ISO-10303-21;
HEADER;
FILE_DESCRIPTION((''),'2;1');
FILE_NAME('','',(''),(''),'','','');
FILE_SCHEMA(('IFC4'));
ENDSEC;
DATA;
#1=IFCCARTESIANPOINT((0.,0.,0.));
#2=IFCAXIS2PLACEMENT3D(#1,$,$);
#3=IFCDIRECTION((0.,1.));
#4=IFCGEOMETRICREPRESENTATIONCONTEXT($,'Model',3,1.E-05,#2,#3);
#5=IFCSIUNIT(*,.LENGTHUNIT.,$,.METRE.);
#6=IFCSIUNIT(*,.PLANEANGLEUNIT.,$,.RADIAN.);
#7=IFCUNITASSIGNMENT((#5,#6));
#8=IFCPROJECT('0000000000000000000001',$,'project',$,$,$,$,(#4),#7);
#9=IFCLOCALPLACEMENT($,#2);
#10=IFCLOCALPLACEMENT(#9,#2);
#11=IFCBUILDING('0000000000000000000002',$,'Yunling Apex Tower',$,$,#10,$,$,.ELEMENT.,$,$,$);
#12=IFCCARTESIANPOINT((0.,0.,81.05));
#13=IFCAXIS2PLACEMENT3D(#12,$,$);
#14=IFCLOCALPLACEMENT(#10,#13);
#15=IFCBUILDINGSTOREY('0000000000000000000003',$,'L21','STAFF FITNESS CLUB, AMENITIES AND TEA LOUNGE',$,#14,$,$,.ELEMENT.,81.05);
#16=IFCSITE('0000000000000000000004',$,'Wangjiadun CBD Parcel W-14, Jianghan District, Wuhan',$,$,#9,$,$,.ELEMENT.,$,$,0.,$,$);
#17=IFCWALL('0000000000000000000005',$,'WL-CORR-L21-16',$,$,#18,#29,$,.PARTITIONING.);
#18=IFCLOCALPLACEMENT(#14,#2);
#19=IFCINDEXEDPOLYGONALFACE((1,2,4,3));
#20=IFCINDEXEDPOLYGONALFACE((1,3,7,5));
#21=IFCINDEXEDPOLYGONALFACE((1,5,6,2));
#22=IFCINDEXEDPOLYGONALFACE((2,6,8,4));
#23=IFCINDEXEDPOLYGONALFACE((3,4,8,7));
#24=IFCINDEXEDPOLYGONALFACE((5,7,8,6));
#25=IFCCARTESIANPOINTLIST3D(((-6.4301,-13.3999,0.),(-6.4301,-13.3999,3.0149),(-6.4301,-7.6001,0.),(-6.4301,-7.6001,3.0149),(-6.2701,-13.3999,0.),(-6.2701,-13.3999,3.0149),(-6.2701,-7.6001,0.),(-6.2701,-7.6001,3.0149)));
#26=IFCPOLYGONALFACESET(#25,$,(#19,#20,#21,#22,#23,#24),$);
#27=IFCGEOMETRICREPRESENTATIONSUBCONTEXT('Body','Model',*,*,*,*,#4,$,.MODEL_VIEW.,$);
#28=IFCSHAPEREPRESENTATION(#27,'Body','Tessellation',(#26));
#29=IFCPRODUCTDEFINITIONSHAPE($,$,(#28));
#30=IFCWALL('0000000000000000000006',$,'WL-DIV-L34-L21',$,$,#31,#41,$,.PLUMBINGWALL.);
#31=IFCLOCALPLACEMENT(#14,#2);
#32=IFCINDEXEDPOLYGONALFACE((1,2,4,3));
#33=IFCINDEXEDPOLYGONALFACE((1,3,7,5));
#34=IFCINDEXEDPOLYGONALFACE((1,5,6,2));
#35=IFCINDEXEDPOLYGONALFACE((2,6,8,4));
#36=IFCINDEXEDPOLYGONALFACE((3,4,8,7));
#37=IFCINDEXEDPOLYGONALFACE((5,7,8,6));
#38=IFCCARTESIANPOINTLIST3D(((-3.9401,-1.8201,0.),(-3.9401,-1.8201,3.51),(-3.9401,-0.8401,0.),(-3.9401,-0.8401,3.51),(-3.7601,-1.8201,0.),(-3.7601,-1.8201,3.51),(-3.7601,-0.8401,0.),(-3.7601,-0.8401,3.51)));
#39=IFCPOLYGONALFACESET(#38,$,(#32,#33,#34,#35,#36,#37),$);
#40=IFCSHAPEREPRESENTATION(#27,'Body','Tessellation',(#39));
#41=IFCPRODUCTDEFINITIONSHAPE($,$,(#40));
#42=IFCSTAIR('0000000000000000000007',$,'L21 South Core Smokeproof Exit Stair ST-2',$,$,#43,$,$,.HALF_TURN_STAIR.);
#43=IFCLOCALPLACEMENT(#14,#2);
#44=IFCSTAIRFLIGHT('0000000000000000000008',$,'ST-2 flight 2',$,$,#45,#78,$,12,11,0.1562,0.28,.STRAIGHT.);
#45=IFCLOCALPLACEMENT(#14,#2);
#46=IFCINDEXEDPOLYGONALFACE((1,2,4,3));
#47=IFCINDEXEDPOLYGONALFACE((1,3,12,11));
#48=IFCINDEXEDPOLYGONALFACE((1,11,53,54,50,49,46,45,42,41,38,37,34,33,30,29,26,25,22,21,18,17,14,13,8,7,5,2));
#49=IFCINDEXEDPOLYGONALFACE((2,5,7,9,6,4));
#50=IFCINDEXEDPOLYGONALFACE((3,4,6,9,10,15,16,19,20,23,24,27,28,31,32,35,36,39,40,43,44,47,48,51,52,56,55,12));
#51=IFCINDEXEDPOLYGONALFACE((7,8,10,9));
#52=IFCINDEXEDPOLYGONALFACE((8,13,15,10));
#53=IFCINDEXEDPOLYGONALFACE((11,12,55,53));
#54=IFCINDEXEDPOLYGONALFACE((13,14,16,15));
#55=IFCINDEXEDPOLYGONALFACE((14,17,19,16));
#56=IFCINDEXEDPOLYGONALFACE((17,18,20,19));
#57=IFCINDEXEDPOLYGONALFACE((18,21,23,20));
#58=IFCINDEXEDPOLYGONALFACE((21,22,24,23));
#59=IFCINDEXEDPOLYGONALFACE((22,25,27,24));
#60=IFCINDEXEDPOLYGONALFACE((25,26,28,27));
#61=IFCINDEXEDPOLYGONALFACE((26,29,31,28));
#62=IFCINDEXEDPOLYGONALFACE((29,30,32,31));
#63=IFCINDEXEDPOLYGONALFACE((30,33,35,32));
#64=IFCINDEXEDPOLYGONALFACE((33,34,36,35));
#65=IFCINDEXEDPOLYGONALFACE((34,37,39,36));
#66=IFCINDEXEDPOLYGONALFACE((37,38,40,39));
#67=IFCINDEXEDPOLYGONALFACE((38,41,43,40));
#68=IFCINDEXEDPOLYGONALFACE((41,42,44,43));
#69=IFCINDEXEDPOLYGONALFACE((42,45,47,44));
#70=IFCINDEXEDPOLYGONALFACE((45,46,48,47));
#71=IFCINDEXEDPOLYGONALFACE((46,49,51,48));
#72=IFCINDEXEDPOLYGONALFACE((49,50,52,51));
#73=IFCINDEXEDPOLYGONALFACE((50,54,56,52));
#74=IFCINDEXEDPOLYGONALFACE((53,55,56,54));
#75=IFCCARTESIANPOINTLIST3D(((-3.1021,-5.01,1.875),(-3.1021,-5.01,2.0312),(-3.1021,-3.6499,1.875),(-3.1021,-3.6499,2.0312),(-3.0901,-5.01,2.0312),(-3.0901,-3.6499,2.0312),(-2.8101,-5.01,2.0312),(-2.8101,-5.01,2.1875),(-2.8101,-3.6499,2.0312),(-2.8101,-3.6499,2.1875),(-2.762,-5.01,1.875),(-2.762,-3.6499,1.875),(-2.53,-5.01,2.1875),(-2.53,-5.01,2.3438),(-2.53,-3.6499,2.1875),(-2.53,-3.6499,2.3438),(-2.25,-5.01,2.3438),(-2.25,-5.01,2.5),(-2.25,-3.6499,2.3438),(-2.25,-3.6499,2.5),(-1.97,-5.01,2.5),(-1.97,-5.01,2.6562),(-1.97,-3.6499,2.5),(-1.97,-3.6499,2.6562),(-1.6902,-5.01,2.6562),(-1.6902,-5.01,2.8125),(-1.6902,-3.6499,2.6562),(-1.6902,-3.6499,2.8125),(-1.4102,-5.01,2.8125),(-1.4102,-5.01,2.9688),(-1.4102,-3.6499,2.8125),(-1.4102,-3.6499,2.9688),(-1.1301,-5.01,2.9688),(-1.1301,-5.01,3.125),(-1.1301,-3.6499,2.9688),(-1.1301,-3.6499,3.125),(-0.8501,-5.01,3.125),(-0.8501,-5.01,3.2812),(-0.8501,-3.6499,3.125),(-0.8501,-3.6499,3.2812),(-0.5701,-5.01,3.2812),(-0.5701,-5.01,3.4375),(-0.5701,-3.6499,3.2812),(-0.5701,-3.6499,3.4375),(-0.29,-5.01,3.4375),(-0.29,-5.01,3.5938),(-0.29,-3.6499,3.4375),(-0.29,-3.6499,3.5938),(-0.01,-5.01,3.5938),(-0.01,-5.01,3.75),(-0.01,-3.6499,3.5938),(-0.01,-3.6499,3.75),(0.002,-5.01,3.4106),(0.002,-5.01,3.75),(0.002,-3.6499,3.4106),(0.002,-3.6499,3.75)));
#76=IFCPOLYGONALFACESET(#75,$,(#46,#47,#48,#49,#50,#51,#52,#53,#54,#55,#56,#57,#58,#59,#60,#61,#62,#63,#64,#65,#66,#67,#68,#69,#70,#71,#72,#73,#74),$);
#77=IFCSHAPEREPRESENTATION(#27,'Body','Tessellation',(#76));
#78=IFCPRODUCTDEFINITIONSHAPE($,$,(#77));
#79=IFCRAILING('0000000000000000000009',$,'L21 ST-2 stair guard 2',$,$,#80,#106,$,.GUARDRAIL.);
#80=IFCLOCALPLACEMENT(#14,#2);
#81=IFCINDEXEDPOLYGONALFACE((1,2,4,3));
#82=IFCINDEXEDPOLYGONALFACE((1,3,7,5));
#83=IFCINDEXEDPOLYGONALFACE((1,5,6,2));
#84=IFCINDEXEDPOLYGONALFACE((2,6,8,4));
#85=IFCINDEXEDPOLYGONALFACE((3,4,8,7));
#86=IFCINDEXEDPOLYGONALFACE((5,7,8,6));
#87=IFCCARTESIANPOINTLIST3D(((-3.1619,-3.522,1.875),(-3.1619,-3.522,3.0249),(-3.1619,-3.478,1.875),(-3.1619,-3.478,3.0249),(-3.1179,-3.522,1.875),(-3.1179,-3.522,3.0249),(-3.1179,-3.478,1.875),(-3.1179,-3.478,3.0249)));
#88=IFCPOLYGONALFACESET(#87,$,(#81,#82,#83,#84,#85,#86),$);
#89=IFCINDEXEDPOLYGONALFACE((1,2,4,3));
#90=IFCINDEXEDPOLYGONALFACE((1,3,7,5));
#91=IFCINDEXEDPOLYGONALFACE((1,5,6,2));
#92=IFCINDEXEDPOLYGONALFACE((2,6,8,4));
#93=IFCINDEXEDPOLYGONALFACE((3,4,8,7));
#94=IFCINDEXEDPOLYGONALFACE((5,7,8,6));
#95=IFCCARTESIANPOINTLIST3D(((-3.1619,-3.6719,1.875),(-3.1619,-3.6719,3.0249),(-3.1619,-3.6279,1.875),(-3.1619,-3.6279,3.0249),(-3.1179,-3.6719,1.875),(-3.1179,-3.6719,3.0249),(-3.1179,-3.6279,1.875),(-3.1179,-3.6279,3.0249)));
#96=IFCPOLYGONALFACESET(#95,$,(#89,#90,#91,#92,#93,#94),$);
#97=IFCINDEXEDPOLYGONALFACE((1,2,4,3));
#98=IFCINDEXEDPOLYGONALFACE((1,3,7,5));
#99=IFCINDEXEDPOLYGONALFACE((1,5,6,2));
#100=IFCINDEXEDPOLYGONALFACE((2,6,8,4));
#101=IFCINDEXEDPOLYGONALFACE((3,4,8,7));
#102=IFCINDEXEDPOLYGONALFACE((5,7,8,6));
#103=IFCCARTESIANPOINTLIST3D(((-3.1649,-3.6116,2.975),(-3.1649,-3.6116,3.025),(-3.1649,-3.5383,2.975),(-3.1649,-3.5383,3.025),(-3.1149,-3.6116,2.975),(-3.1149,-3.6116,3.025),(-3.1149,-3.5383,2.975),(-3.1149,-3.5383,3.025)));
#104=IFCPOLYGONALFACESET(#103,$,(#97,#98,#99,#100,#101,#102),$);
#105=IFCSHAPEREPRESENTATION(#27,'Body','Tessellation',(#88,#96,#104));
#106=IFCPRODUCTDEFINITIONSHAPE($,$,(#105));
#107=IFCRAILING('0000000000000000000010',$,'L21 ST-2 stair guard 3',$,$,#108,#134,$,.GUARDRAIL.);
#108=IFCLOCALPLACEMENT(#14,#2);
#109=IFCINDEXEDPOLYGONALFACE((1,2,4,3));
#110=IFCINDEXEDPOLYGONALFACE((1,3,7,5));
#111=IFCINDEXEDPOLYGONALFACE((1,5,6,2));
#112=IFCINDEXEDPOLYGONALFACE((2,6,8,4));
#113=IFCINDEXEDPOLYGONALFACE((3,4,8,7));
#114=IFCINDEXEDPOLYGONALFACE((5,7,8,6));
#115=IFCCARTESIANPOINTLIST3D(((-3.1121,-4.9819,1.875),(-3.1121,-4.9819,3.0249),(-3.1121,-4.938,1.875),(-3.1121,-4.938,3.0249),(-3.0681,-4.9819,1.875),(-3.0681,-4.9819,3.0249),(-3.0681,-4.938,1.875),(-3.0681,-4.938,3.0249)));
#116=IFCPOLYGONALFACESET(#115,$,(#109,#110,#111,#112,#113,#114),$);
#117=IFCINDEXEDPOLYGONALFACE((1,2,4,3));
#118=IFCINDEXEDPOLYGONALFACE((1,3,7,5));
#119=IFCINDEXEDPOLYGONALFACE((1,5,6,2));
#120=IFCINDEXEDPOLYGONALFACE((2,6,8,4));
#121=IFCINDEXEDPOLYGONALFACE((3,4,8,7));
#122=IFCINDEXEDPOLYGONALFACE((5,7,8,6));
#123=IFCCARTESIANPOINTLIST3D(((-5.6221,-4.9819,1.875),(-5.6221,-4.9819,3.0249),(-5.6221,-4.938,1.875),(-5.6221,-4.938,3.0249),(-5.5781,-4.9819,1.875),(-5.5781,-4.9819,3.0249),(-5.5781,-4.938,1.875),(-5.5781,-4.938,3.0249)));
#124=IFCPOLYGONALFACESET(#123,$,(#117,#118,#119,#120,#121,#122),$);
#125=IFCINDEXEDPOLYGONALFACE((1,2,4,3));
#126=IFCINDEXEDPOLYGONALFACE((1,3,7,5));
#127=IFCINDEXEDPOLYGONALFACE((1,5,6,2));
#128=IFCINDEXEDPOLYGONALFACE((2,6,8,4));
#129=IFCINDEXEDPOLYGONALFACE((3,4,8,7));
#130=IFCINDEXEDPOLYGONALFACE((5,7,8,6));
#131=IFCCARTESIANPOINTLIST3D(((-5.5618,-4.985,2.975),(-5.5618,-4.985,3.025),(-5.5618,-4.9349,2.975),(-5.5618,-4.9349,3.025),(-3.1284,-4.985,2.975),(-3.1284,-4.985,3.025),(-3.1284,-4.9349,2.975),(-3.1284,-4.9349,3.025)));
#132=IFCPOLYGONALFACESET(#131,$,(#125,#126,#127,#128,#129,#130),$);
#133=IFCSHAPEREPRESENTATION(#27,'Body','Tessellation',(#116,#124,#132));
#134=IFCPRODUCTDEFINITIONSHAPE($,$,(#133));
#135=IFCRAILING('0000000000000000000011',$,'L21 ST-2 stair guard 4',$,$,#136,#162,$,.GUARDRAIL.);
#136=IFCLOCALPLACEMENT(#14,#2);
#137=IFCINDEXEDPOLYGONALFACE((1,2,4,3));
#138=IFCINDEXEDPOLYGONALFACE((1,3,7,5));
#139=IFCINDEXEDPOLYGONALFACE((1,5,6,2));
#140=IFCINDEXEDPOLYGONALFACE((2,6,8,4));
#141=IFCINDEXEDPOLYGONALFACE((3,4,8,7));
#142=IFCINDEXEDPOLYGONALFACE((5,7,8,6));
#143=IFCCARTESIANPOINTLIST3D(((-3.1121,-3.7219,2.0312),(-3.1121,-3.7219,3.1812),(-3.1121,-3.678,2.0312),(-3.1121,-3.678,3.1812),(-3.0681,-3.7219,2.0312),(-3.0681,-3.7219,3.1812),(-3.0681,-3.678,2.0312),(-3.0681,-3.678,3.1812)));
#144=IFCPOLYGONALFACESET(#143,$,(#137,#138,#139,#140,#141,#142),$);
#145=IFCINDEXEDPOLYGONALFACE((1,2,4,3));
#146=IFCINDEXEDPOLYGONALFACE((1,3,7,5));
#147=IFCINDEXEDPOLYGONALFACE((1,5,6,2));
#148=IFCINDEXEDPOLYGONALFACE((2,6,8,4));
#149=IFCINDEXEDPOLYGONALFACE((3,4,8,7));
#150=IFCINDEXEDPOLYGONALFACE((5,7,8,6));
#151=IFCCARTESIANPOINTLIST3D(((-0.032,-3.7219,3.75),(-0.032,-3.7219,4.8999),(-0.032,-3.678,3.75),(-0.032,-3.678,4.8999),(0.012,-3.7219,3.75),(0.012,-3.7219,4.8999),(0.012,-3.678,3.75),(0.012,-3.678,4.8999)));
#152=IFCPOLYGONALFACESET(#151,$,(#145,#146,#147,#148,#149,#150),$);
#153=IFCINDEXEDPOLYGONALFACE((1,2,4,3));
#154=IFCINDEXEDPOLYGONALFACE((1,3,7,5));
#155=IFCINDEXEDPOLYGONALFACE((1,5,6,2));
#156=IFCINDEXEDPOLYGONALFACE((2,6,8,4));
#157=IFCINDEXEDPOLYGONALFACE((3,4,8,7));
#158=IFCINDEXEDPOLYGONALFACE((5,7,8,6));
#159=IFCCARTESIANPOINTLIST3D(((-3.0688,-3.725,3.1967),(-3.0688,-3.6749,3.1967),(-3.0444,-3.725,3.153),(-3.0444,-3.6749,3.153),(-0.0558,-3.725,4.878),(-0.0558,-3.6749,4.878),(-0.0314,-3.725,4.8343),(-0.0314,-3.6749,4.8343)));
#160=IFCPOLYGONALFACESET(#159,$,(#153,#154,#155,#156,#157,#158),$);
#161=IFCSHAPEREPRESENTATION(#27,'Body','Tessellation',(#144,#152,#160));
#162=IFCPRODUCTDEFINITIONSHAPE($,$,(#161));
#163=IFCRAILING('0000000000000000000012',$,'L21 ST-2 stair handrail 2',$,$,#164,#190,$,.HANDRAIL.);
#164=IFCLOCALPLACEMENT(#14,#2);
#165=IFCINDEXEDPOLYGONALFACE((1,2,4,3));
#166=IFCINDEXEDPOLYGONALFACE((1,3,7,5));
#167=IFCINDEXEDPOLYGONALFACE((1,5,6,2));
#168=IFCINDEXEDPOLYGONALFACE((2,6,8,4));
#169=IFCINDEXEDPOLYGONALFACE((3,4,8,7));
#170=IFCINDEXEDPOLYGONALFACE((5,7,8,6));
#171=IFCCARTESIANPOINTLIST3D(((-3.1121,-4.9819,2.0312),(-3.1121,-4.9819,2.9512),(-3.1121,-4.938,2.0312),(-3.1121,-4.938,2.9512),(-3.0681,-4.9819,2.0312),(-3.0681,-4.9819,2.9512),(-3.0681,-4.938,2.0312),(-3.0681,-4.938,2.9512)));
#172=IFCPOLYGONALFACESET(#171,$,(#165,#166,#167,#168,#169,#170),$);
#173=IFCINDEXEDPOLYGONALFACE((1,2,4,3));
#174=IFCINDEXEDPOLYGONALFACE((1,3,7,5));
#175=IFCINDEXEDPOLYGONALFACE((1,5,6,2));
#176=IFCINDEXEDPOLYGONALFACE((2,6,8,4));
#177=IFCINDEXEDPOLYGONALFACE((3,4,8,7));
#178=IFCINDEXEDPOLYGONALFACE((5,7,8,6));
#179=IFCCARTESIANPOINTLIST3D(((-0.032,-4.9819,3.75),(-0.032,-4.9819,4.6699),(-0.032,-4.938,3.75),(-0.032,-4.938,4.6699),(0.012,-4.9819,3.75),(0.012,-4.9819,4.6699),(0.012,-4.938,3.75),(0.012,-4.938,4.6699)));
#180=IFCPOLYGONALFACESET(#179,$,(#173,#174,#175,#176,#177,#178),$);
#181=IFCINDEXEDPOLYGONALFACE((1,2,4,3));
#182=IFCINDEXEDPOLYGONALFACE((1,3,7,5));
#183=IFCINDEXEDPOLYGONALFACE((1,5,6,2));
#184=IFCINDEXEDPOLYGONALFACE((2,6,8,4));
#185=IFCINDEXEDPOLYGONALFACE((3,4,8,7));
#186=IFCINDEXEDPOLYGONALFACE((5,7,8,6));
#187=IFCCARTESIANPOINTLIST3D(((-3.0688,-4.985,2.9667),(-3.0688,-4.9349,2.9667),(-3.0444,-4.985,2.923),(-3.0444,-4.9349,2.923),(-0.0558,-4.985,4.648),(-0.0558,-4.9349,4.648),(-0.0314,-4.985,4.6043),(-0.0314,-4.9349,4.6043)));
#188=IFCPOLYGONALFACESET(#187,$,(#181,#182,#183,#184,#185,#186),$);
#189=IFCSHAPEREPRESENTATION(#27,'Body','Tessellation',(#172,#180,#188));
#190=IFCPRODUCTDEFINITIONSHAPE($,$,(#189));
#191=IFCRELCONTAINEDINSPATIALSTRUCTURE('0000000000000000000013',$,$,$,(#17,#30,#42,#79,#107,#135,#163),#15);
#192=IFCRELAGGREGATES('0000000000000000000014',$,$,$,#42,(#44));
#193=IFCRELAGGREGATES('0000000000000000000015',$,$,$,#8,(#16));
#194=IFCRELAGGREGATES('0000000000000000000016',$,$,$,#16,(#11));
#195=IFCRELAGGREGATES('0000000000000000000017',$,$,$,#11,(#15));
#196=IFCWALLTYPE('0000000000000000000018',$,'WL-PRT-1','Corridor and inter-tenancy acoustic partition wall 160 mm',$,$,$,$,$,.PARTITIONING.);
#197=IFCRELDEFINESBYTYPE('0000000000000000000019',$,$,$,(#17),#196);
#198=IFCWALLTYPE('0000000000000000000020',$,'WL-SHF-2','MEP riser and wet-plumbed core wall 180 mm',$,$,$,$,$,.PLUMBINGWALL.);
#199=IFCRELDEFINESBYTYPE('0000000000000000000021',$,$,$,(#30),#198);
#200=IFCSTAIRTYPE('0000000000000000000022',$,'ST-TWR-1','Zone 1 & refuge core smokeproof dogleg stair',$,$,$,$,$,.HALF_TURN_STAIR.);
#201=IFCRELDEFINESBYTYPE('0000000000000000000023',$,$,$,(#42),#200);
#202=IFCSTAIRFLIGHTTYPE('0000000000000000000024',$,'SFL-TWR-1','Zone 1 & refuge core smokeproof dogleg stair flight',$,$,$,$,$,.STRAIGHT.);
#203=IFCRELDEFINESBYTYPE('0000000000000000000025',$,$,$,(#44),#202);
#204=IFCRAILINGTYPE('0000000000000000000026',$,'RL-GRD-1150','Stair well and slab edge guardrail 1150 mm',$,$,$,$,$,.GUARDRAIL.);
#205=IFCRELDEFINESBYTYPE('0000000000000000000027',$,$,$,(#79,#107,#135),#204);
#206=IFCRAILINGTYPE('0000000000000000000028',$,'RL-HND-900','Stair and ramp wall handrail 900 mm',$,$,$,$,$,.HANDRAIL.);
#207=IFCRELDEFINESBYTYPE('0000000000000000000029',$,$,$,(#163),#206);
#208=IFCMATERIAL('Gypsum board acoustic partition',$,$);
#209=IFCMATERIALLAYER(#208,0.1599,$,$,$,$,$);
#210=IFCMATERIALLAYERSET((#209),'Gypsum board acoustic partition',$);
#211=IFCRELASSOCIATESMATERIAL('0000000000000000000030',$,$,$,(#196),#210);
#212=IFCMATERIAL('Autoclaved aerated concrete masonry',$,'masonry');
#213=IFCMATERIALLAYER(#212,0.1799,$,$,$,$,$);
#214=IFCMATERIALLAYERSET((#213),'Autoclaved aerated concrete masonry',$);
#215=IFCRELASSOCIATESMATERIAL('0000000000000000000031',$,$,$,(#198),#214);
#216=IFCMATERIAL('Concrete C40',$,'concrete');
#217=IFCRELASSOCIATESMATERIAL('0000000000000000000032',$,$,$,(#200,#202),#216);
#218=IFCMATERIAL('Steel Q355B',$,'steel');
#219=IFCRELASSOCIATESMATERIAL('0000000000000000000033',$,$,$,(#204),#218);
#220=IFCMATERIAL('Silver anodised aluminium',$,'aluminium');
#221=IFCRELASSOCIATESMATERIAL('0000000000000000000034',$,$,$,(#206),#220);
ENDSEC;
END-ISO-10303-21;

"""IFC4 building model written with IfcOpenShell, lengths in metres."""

from ifc_helpers import new_model, si_unit, direction, frame, frame_2d, origin, origin_2d, place, context, subcontext, project, spatial, polyline, rectangle, outline, extrude, material, layer, layer_set, type_object, element, aggregate, save


model = new_model("IFC4")

# Units and contexts
model_context = context("Model", 3, precision=1e-05, world=origin(), true_north=direction((0.0, 1.0)))
body_context = subcontext(model_context, "Body", "Model", "MODEL_VIEW")
ifc_project = project(units=[si_unit("LENGTHUNIT", "METRE"), si_unit("PLANEANGLEUNIT", "RADIAN")], contexts=[model_context])

# Site, building, storey
site_placement = place(None, origin())
site = spatial("IfcSite", under=ifc_project, at=site_placement, Name="Wangjiadun CBD Parcel W-14, Jianghan District, Wuhan", CompositionType="ELEMENT", RefElevation=0.0)
building_placement = place(site_placement, origin())
building = spatial("IfcBuilding", under=site, at=building_placement, Name="Yunling Apex Tower", CompositionType="ELEMENT")
storey_placement = place(building_placement, frame((0.0, 0.0, 81.05)))
storey = spatial("IfcBuildingStorey", under=building, at=storey_placement, Name="L21", Description="STAFF FITNESS CLUB, AMENITIES AND TEA LOUNGE", CompositionType="ELEMENT", Elevation=81.05)

# Shared definitions
ifc_material_1 = material(Name="Steel Q355B", Category="steel")

# Walls
ifc_material_2 = material(Name="Concrete C40", Category="concrete")
ifc_material_3 = material(Name="Gypsum board acoustic partition")
ifc_layer_1 = layer(ifc_material_3, 0.1599)
ifc_layer_set_1 = layer_set([ifc_layer_1], Name="Gypsum board acoustic partition")
wall_type_1 = type_object("IfcWallType", Name="WL-PRT-1", Description="Corridor and inter-tenancy acoustic partition wall 160 mm", PredefinedType="PARTITIONING", material=ifc_layer_set_1)
wall_1_placement = place(storey_placement, frame((-6.3501, -7.6001, 0.0), z_axis=(0.0, 0.0, 1.0), x_axis=(0.0, -1.0, 0.0)))
element("IfcWall", 1, at=wall_1_placement, inside=storey, type_object=wall_type_1, Name="WL-CORR-L21-16", PredefinedType="PARTITIONING", context=body_context, shape_type="SweptSolid", body=[
    extrude(rectangle(XDim=5.7998, YDim=0.1599, at=frame_2d((2.8999, 0.0))), origin(), (0.0, 0.0, 1.0), 3.0149),
])
ifc_material_4 = material(Name="Autoclaved aerated concrete masonry", Category="masonry")
ifc_layer_2 = layer(ifc_material_4, 0.1799)
ifc_layer_set_2 = layer_set([ifc_layer_2], Name="Autoclaved aerated concrete masonry")
wall_type_2 = type_object("IfcWallType", Name="WL-SHF-2", Description="MEP riser and wet-plumbed core wall 180 mm", PredefinedType="PLUMBINGWALL", material=ifc_layer_set_2)
wall_2_placement = place(storey_placement, frame((-3.8501, -1.8201, 0.0), z_axis=(0.0, 0.0, 1.0), x_axis=(0.0, 1.0, 0.0)))
element("IfcWall", 2, at=wall_2_placement, inside=storey, type_object=wall_type_2, Name="WL-DIV-L34-L21", PredefinedType="PLUMBINGWALL", context=body_context, shape_type="SweptSolid", body=[
    extrude(rectangle(XDim=0.98, YDim=0.1799, at=frame_2d((0.49, 0.0))), origin(), (0.0, 0.0, 1.0), 3.51),
])

# Stair, stair flight
stair_type = type_object("IfcStairType", Name="ST-TWR-1", Description="Zone 1 & refuge core smokeproof dogleg stair", PredefinedType="HALF_TURN_STAIR", material=ifc_material_2)
stair_placement = place(storey_placement, origin())
stair = element("IfcStair", 3, at=stair_placement, inside=storey, type_object=stair_type, Name="L21 South Core Smokeproof Exit Stair ST-2", PredefinedType="HALF_TURN_STAIR")
stair_flight_type = type_object("IfcStairFlightType", Name="SFL-TWR-1", Description="Zone 1 & refuge core smokeproof dogleg stair flight", PredefinedType="STRAIGHT", material=ifc_material_2)
stair_flight_placement = place(storey_placement, frame((-3.0901, -4.3301, 1.875), z_axis=(0.0, 0.0, 1.0), x_axis=(1.0, 0.0, 0.0)))
stair_flight = element("IfcStairFlight", 4, at=stair_flight_placement, type_object=stair_flight_type, Name="ST-2 flight 2", NumberOfRisers=12, NumberOfTreads=11, PredefinedType="STRAIGHT", RiserHeight=0.1562, TreadLength=0.28, context=body_context, shape_type="SweptSolid", body=[
    extrude(outline(polyline([(-0.012, 0.0), (-0.012, 0.1562), (0.0, 0.1562), (0.28, 0.1562), (0.28, 0.3125), (0.5601, 0.3125), (0.5601, 0.4688), (0.8401, 0.4688), (0.8401, 0.625), (1.1201, 0.625), (1.1201, 0.7812), (1.3999, 0.7812), (1.3999, 0.9375), (1.6799, 0.9375), (1.6799, 1.0938), (1.96, 1.0938), (1.96, 1.25), (2.24, 1.25), (2.24, 1.4062), (2.52, 1.4062), (2.52, 1.5625), (2.8, 1.5625), (2.8, 1.7188), (3.0801, 1.7188), (3.0801, 1.875), (3.092, 1.875), (3.092, 1.5356), (0.3281, 0.0), (-0.012, 0.0)])), frame((0.0, 0.6802, 0.0), z_axis=(0.0, -1.0, 0.0), x_axis=(1.0, 0.0, 0.0)), (0.0, 0.0, 1.0), 1.3601),
])
aggregate(stair, [stair_flight])

# Railings
railing_type_1 = type_object("IfcRailingType", Name="RL-GRD-1150", Description="Stair well and slab edge guardrail 1150 mm", PredefinedType="GUARDRAIL", material=ifc_material_1)
railing_1_placement = place(storey_placement, frame((-3.1399, -3.5, 1.875)))
element("IfcRailing", 5, at=railing_1_placement, inside=storey, type_object=railing_type_1, Name="L21 ST-2 stair guard 2", PredefinedType="GUARDRAIL", context=body_context, shape_type="SweptSolid", body=[
    extrude(rectangle(XDim=0.0439, YDim=0.0439, at=origin_2d()), origin(), (0.0, 0.0, 1.0), 1.1499),
    extrude(rectangle(XDim=0.0439, YDim=0.0439, at=origin_2d()), frame((0.0, -0.1499, 0.0)), (0.0, 0.0, 1.0), 1.1499),
    extrude(rectangle(XDim=0.05, YDim=0.05, at=origin_2d()), frame((0.0, -0.0383, 1.125), z_axis=(0.0, -1.0, 0.0), x_axis=(1.0, 0.0, 0.0)), (0.0, 0.0, 1.0), 0.0732),
])
railing_2_placement = place(storey_placement, frame((-3.0901, -4.96, 1.875)))
element("IfcRailing", 6, at=railing_2_placement, inside=storey, type_object=railing_type_1, Name="L21 ST-2 stair guard 3", PredefinedType="GUARDRAIL", context=body_context, shape_type="SweptSolid", body=[
    extrude(rectangle(XDim=0.0439, YDim=0.0439, at=origin_2d()), origin(), (0.0, 0.0, 1.0), 1.1499),
    extrude(rectangle(XDim=0.0439, YDim=0.0439, at=origin_2d()), frame((-2.51, 0.0, 0.0)), (0.0, 0.0, 1.0), 1.1499),
    extrude(rectangle(XDim=0.05, YDim=0.05, at=origin_2d()), frame((-0.0383, 0.0, 1.125), z_axis=(-1.0, 0.0, 0.0), x_axis=(0.0, -1.0, 0.0)), (0.0, 0.0, 1.0), 2.4333),
])
railing_3_placement = place(storey_placement, frame((-3.0901, -3.7, 2.0312)))
element("IfcRailing", 7, at=railing_3_placement, inside=storey, type_object=railing_type_1, Name="L21 ST-2 stair guard 4", PredefinedType="GUARDRAIL", context=body_context, shape_type="SweptSolid", body=[
    extrude(rectangle(XDim=0.0439, YDim=0.0439, at=origin_2d()), origin(), (0.0, 0.0, 1.0), 1.1499),
    extrude(rectangle(XDim=0.0439, YDim=0.0439, at=origin_2d()), frame((3.0801, 0.0, 1.7188)), (0.0, 0.0, 1.0), 1.1499),
    extrude(rectangle(XDim=0.05, YDim=0.05, at=origin_2d()), frame((0.0334, 0.0, 1.1436), z_axis=(0.873242, 0.0, 0.487288), x_axis=(0.0, 1.0, 0.0)), (0.0, 0.0, 1.0), 3.4504),
])
ifc_material_5 = material(Name="Silver anodised aluminium", Category="aluminium")
railing_type_2 = type_object("IfcRailingType", Name="RL-HND-900", Description="Stair and ramp wall handrail 900 mm", PredefinedType="HANDRAIL", material=ifc_material_5)
railing_4_placement = place(storey_placement, frame((-3.0901, -4.96, 2.0312)))
element("IfcRailing", 8, at=railing_4_placement, inside=storey, type_object=railing_type_2, Name="L21 ST-2 stair handrail 2", PredefinedType="HANDRAIL", context=body_context, shape_type="SweptSolid", body=[
    extrude(rectangle(XDim=0.0439, YDim=0.0439, at=origin_2d()), origin(), (0.0, 0.0, 1.0), 0.9199),
    extrude(rectangle(XDim=0.0439, YDim=0.0439, at=origin_2d()), frame((3.0801, 0.0, 1.7188)), (0.0, 0.0, 1.0), 0.9199),
    extrude(rectangle(XDim=0.05, YDim=0.05, at=origin_2d()), frame((0.0334, 0.0, 0.9136), z_axis=(0.873242, 0.0, 0.487288), x_axis=(0.0, 1.0, 0.0)), (0.0, 0.0, 1.0), 3.4504),
])

save(model, "model.ifc")
